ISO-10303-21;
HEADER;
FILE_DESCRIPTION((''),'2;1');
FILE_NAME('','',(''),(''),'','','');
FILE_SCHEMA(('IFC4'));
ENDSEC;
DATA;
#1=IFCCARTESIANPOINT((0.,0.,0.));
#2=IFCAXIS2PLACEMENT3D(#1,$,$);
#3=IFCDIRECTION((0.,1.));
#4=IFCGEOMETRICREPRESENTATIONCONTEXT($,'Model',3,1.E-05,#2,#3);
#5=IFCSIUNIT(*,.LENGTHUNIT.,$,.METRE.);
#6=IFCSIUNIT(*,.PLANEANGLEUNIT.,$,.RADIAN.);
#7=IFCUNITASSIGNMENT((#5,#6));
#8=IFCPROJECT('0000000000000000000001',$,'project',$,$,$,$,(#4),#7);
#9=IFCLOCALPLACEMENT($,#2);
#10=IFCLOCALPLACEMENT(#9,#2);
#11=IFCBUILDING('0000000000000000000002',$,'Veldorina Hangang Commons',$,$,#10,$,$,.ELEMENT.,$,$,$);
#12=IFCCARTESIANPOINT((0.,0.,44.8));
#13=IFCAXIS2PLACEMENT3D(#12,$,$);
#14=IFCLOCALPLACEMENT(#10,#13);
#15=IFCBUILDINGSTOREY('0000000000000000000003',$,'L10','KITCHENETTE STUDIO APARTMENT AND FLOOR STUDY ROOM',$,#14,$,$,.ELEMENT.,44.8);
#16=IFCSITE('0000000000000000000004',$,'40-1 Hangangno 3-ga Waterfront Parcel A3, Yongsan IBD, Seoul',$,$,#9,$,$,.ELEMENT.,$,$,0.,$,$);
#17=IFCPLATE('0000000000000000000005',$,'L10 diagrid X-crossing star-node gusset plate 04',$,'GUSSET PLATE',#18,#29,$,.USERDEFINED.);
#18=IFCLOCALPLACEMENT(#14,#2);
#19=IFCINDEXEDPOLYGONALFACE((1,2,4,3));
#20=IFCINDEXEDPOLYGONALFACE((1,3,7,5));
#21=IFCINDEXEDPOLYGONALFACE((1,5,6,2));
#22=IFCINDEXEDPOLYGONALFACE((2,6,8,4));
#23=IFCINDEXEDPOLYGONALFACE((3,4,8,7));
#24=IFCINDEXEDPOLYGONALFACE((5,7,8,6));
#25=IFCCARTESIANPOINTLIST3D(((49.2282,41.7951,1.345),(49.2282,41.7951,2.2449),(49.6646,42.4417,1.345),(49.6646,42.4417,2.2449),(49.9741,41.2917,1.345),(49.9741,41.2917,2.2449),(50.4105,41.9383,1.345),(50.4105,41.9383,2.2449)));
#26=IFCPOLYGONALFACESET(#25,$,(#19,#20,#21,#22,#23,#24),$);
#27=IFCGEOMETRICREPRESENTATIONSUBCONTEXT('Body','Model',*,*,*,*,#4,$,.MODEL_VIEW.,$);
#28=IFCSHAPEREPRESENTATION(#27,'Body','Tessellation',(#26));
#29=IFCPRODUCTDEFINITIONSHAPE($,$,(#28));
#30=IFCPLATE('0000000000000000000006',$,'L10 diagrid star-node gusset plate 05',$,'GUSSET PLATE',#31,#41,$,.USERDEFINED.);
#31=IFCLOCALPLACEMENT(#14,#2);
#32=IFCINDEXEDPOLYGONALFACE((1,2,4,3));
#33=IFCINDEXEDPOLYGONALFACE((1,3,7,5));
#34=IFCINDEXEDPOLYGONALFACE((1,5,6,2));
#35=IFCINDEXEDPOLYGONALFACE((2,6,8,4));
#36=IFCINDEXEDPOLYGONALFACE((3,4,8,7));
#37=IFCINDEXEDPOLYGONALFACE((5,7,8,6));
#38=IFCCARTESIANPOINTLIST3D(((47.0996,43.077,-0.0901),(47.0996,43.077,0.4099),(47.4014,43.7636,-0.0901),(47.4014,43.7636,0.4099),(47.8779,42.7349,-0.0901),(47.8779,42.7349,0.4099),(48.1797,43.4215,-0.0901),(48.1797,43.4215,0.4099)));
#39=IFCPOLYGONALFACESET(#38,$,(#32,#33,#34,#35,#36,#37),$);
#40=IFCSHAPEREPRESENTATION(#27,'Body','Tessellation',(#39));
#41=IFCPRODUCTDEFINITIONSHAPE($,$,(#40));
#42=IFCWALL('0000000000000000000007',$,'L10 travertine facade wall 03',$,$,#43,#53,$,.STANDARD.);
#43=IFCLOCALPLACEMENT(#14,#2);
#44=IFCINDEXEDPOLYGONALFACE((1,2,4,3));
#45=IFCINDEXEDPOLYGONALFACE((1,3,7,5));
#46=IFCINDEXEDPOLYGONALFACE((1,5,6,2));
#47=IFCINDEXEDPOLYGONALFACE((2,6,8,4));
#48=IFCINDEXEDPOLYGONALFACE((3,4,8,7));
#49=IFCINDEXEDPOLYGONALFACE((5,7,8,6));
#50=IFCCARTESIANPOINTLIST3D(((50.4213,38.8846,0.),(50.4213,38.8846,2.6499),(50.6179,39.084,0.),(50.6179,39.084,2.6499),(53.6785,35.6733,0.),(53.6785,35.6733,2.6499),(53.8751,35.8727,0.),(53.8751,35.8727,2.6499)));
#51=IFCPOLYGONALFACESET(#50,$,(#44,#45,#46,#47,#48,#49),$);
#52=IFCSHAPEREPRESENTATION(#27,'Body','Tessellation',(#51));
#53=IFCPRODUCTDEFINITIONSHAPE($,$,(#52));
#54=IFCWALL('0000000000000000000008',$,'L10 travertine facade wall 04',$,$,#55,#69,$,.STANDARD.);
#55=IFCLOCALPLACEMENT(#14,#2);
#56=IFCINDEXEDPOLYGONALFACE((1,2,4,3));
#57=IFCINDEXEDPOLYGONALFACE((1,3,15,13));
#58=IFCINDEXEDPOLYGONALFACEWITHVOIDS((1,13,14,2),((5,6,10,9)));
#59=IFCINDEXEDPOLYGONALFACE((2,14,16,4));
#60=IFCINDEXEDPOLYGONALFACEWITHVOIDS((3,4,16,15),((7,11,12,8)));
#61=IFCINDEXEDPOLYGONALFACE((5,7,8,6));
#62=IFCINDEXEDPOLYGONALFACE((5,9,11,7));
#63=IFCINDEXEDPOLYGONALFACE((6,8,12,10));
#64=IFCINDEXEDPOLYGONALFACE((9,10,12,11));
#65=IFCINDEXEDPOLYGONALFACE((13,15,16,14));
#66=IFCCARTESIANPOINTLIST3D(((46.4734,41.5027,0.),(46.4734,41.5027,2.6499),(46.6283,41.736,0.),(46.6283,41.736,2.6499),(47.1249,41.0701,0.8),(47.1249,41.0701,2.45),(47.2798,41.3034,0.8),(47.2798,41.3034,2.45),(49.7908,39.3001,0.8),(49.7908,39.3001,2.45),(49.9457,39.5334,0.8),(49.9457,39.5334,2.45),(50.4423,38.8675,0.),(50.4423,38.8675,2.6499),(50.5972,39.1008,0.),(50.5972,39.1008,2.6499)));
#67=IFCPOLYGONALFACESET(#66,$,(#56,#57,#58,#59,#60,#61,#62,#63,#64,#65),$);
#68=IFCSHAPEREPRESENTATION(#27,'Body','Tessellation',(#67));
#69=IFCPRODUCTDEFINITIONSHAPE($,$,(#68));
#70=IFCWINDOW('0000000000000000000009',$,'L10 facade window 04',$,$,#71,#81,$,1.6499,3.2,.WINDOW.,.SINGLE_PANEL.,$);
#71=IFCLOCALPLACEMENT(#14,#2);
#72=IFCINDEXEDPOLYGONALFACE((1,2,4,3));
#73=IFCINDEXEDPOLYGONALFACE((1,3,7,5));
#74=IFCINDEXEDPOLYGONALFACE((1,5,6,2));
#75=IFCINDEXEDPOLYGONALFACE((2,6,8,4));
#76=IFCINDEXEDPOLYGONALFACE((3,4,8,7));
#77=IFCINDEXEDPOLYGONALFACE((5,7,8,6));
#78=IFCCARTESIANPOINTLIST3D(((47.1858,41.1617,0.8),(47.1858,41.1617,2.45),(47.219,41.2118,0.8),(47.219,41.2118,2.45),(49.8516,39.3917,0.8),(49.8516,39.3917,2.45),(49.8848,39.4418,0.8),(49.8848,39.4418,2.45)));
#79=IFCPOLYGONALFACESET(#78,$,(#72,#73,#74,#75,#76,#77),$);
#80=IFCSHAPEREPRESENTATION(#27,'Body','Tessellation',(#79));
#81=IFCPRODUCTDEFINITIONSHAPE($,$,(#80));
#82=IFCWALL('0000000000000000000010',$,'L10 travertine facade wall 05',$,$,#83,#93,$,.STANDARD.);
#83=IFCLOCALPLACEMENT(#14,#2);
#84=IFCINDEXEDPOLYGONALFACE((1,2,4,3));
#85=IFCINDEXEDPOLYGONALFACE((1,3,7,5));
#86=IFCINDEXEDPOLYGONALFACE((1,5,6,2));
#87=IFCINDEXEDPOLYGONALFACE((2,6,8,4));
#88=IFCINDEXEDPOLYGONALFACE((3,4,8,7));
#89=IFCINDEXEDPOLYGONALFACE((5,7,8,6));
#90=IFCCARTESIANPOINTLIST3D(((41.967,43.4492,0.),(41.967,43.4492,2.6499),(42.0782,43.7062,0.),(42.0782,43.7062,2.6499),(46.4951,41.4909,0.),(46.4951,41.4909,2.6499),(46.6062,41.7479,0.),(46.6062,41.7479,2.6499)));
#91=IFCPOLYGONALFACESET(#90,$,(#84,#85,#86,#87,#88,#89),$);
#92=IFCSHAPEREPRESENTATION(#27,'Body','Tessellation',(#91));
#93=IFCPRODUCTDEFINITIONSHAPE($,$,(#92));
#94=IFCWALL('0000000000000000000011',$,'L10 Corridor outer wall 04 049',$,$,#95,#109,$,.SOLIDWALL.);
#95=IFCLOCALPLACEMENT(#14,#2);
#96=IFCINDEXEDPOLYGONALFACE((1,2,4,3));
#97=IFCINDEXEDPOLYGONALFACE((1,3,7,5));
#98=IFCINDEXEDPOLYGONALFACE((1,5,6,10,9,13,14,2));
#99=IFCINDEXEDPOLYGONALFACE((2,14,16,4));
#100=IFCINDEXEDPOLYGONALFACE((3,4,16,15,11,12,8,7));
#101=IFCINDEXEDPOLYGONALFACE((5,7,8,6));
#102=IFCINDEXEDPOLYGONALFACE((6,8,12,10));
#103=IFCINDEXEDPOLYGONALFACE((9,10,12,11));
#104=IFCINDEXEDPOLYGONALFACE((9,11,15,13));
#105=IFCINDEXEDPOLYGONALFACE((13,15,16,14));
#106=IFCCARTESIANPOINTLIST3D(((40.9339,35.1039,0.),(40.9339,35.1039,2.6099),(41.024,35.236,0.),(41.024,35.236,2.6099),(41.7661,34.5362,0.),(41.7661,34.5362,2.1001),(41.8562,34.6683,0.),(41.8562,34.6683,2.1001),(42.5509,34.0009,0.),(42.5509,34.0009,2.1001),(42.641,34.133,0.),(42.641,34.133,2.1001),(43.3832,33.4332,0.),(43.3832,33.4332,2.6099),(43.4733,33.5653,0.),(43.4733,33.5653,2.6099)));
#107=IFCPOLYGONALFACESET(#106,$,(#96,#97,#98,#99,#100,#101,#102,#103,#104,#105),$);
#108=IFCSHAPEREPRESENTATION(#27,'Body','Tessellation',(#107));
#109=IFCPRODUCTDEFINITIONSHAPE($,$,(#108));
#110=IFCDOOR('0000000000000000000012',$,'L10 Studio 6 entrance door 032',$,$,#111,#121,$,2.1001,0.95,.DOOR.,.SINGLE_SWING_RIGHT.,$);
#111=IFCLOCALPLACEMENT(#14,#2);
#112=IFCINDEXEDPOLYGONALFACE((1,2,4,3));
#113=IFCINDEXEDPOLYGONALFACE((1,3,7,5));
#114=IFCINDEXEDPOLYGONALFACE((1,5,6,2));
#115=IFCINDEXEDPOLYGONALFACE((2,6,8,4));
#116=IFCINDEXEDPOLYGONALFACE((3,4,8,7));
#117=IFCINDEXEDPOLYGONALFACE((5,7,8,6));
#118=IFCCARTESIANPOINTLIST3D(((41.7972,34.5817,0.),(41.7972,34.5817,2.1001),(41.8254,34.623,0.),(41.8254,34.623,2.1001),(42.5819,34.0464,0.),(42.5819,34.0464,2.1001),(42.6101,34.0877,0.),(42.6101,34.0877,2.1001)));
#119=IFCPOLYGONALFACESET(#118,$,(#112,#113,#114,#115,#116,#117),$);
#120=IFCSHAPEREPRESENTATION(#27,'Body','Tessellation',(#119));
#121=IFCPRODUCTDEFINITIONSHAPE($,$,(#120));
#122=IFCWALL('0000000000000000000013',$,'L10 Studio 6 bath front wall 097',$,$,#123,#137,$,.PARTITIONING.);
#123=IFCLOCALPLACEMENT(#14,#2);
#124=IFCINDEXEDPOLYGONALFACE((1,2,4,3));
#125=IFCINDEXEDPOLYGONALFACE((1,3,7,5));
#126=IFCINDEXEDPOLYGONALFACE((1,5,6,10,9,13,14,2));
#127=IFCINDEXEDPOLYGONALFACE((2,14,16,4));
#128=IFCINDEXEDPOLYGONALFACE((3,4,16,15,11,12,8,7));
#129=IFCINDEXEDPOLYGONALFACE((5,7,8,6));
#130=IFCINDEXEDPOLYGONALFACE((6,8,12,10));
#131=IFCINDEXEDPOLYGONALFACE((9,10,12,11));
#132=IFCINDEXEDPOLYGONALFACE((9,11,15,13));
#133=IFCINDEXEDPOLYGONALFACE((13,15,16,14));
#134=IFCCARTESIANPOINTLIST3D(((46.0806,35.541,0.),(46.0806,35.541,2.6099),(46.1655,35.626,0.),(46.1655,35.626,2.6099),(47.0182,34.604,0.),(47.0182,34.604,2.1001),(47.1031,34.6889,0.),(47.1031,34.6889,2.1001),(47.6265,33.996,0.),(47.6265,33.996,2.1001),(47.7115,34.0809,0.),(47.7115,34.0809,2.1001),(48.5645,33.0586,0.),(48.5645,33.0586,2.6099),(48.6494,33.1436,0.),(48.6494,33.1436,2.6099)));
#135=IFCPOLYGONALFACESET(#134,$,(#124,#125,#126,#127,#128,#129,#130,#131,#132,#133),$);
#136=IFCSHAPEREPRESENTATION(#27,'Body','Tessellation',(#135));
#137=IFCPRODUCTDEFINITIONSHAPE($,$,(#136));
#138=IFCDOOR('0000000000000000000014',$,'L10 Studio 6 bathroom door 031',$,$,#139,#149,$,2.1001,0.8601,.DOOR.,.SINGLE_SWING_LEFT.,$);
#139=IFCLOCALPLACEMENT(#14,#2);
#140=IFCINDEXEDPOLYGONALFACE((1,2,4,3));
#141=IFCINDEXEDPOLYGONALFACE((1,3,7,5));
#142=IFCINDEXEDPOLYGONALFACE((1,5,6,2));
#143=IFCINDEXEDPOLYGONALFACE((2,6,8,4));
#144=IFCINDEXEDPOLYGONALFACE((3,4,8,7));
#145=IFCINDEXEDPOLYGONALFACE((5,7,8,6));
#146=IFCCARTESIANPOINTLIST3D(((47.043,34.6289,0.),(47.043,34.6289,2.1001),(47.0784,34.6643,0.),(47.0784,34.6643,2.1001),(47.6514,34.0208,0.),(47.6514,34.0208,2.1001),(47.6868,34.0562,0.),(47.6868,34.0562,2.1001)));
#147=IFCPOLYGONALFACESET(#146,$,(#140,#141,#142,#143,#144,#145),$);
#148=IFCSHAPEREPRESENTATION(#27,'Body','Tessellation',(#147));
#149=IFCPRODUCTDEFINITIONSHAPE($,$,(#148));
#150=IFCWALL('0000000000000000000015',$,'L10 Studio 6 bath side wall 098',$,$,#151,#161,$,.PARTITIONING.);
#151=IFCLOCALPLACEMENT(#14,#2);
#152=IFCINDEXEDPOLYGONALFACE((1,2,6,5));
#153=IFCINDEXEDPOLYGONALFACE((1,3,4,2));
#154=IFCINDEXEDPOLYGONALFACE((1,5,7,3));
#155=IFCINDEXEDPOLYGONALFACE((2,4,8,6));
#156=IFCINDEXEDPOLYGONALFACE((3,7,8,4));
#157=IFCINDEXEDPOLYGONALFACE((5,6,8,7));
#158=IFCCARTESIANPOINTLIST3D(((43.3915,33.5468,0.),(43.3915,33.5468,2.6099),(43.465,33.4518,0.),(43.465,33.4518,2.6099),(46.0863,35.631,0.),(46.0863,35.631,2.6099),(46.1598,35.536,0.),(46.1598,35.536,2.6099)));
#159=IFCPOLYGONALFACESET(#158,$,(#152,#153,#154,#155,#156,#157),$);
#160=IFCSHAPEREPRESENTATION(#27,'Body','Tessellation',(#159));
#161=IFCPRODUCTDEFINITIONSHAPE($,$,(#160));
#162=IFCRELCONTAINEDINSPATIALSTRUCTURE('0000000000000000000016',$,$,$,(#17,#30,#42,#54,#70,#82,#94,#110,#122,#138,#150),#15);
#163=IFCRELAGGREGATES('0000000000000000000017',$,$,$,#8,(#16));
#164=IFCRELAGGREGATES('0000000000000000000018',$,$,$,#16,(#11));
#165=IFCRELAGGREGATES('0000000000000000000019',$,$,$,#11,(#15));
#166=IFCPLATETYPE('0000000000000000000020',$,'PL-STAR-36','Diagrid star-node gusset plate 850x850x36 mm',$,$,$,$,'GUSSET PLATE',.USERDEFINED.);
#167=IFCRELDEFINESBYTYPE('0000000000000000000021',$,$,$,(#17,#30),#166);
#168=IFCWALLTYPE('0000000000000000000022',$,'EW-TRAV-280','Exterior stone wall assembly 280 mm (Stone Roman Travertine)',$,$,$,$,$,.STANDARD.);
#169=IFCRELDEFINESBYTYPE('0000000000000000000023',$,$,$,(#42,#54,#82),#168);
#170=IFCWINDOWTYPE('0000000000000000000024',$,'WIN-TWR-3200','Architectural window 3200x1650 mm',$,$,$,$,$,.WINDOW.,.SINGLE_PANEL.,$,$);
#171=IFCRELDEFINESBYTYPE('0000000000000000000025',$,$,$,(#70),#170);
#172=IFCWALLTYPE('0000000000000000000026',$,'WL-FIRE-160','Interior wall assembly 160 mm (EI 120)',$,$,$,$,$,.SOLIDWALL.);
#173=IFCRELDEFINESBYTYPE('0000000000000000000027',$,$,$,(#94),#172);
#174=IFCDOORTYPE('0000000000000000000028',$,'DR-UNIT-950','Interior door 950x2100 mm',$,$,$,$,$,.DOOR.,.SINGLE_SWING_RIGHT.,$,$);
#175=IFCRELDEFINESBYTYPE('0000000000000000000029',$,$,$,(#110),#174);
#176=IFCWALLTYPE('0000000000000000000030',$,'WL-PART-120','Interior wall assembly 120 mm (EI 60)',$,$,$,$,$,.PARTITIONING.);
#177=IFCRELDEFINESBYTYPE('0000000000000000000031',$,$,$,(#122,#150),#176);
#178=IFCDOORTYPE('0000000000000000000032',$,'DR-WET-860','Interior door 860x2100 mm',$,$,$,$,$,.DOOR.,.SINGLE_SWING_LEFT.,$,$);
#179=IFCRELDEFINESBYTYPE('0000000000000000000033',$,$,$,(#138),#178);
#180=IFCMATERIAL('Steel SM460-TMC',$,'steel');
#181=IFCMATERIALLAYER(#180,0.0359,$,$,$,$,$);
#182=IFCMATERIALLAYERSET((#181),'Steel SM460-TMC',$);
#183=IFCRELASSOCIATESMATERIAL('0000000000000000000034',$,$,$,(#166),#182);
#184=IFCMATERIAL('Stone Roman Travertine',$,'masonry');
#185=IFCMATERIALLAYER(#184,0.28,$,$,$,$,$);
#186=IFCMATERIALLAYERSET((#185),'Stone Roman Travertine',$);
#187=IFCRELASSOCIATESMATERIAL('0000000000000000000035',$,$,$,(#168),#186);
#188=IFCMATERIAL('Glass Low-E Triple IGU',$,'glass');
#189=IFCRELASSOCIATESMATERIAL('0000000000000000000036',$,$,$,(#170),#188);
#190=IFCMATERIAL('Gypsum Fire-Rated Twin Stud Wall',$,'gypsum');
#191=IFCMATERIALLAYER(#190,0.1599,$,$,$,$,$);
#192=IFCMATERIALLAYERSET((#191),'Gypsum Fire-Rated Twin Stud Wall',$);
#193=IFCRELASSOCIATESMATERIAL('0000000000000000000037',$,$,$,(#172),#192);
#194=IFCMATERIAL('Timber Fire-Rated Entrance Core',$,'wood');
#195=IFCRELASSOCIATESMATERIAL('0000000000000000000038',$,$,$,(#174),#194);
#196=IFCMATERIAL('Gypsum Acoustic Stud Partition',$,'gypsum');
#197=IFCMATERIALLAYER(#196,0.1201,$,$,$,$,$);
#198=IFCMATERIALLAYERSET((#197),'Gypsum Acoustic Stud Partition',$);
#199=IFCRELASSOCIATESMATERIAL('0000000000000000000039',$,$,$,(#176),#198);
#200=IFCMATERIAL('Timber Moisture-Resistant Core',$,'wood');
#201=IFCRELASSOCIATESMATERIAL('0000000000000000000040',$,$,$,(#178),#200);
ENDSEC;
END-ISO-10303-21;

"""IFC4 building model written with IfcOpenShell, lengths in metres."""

from ifc_helpers import new_model, si_unit, direction, frame, frame_2d, origin, origin_2d, place, context, subcontext, project, spatial, rectangle, extrude, material, layer, layer_set, type_object, element, fill, save


model = new_model("IFC4")

# Units and contexts
model_context = context("Model", 3, precision=1e-05, world=origin(), true_north=direction((0.0, 1.0)))
body_context = subcontext(model_context, "Body", "Model", "MODEL_VIEW")
ifc_project = project(units=[si_unit("LENGTHUNIT", "METRE"), si_unit("PLANEANGLEUNIT", "RADIAN")], contexts=[model_context])

# Site, building, storey
site_placement = place(None, origin())
site = spatial("IfcSite", under=ifc_project, at=site_placement, Name="40-1 Hangangno 3-ga Waterfront Parcel A3, Yongsan IBD, Seoul", CompositionType="ELEMENT", RefElevation=0.0)
building_placement = place(site_placement, origin())
building = spatial("IfcBuilding", under=site, at=building_placement, Name="Veldorina Hangang Commons", CompositionType="ELEMENT")
storey_placement = place(building_placement, frame((0.0, 0.0, 44.8)))
storey = spatial("IfcBuildingStorey", under=building, at=storey_placement, Name="L10", Description="KITCHENETTE STUDIO APARTMENT AND FLOOR STUDY ROOM", CompositionType="ELEMENT", Elevation=44.8)

# Shared definitions
ifc_material_1 = material(Name="Steel SM460-TMC", Category="steel")

# Plates
ifc_layer_1 = layer(ifc_material_1, 0.0359)
ifc_layer_set_1 = layer_set([ifc_layer_1], Name="Steel SM460-TMC")
plate_type = type_object("IfcPlateType", Name="PL-STAR-36", Description="Diagrid star-node gusset plate 850x850x36 mm", ElementType="GUSSET PLATE", PredefinedType="USERDEFINED", material=ifc_layer_set_1)
plate_1_placement = place(storey_placement, frame((49.8193, 41.8667, 1.345), z_axis=(0.0, 0.0, 1.0), x_axis=(-0.828881, 0.559424, 0.0)))
element("IfcPlate", 1, at=plate_1_placement, inside=storey, type_object=plate_type, Name="L10 diagrid X-crossing star-node gusset plate 04", ObjectType="GUSSET PLATE", PredefinedType="USERDEFINED", context=body_context, shape_type="SweptSolid", body=[
    extrude(rectangle(XDim=0.8999, YDim=0.78, at=origin_2d()), origin(), (0.0, 0.0, 1.0), 0.8999),
])
plate_2_placement = place(storey_placement, frame((47.6396, 43.2493, -0.0901), z_axis=(0.0, 0.0, 1.0), x_axis=(-0.915459, 0.402411, 0.0)))
element("IfcPlate", 2, at=plate_2_placement, inside=storey, type_object=plate_type, Name="L10 diagrid star-node gusset plate 05", ObjectType="GUSSET PLATE", PredefinedType="USERDEFINED", context=body_context, shape_type="SweptSolid", body=[
    extrude(rectangle(XDim=0.8501, YDim=0.75, at=origin_2d()), origin(), (0.0, 0.0, 1.0), 0.5),
])

# Wall
ifc_material_2 = material(Name="Stone Roman Travertine", Category="masonry")
ifc_layer_2 = layer(ifc_material_2, 0.28)
ifc_layer_set_2 = layer_set([ifc_layer_2], Name="Stone Roman Travertine")
wall_type_1 = type_object("IfcWallType", Name="EW-TRAV-280", Description="Exterior stone wall assembly 280 mm (Stone Roman Travertine)", PredefinedType="STANDARD", material=ifc_layer_set_2)
wall_1_placement = place(storey_placement, frame((53.7769, 35.7729, 0.0), z_axis=(0.0, 0.0, 1.0), x_axis=(-0.712106, 0.702072, 0.0)))
element("IfcWall", 3, at=wall_1_placement, inside=storey, type_object=wall_type_1, Name="L10 travertine facade wall 03", PredefinedType="STANDARD", context=body_context, shape_type="SweptSolid", body=[
    extrude(rectangle(XDim=4.574, YDim=0.28, at=frame_2d((2.2871, 0.0))), origin(), (0.0, 0.0, 1.0), 2.6499),
])

# Wall, opening, window
wall_2_placement = place(storey_placement, frame((50.5198, 38.9841, 0.0), z_axis=(0.0, 0.0, 1.0), x_axis=(-0.833089, 0.553138, 0.0)))
wall_2 = element("IfcWall", 4, at=wall_2_placement, inside=storey, type_object=wall_type_1, Name="L10 travertine facade wall 04", PredefinedType="STANDARD", context=body_context, shape_type="SweptSolid", body=[
    extrude(rectangle(XDim=4.7642, YDim=0.28, at=frame_2d((2.3821, 0.0))), origin(), (0.0, 0.0, 1.0), 2.6499),
])
opening_1_placement = place(wall_2_placement, frame((0.782, 0.0, 0.8)))
opening_1 = element("IfcOpeningElement", 5, at=opening_1_placement, cuts=wall_2, PredefinedType="OPENING", context=body_context, shape_type="SweptSolid", body=[
    extrude(rectangle(XDim=3.2, YDim=1.6499, at=frame_2d((1.6001, 0.825))), frame((0.0, 0.1499, 0.0), z_axis=(0.0, -1.0, 0.0), x_axis=(1.0, 0.0, 0.0)), (0.0, 0.0, 1.0), 0.3),
])
ifc_material_3 = material(Name="Glass Low-E Triple IGU", Category="glass")
window_type = type_object("IfcWindowType", Name="WIN-TWR-3200", Description="Architectural window 3200x1650 mm", PartitioningType="SINGLE_PANEL", PredefinedType="WINDOW", material=ifc_material_3)
window_placement = place(opening_1_placement, origin())
window = element("IfcWindow", 6, at=window_placement, inside=storey, type_object=window_type, Name="L10 facade window 04", OverallHeight=1.6499, OverallWidth=3.2, PartitioningType="SINGLE_PANEL", PredefinedType="WINDOW", context=body_context, shape_type="SweptSolid", body=[
    extrude(rectangle(XDim=3.2, YDim=1.6499, at=frame_2d((1.6001, 0.825))), frame((0.0, 0.03, 0.0), z_axis=(0.0, -1.0, 0.0), x_axis=(1.0, 0.0, 0.0)), (0.0, 0.0, 1.0), 0.0601),
])
fill(opening_1, window)

# Wall
wall_3_placement = place(storey_placement, frame((46.5508, 41.6194, 0.0), z_axis=(0.0, 0.0, 1.0), x_axis=(-0.917845, 0.396939, 0.0)))
element("IfcWall", 7, at=wall_3_placement, inside=storey, type_object=wall_type_1, Name="L10 travertine facade wall 05", PredefinedType="STANDARD", context=body_context, shape_type="SweptSolid", body=[
    extrude(rectangle(XDim=4.9333, YDim=0.28, at=frame_2d((2.4668, 0.0))), origin(), (0.0, 0.0, 1.0), 2.6499),
])

# Walls, openings, doors
ifc_material_4 = material(Name="Gypsum Fire-Rated Twin Stud Wall", Category="gypsum")
ifc_layer_3 = layer(ifc_material_4, 0.1599)
ifc_layer_set_3 = layer_set([ifc_layer_3], Name="Gypsum Fire-Rated Twin Stud Wall")
wall_type_2 = type_object("IfcWallType", Name="WL-FIRE-160", Description="Interior wall assembly 160 mm (EI 120)", PredefinedType="SOLIDWALL", material=ifc_layer_set_3)
wall_4_placement = place(storey_placement, frame((43.4282, 33.4993, 0.0), z_axis=(0.0, 0.0, 1.0), x_axis=(-0.826112, 0.563505, 0.0)))
wall_4 = element("IfcWall", 8, at=wall_4_placement, inside=storey, type_object=wall_type_2, Name="L10 Corridor outer wall 04 049", PredefinedType="SOLIDWALL", context=body_context, shape_type="SweptSolid", body=[
    extrude(rectangle(XDim=2.9648, YDim=0.1599, at=frame_2d((1.4824, 0.0))), origin(), (0.0, 0.0, 1.0), 2.6099),
])
opening_2_placement = place(wall_4_placement, frame((1.0073, 0.0, 0.0)))
opening_2 = element("IfcOpeningElement", 9, at=opening_2_placement, cuts=wall_4, PredefinedType="OPENING", context=body_context, shape_type="SweptSolid", body=[
    extrude(rectangle(XDim=0.95, YDim=2.1001, at=frame_2d((0.4751, 1.05))), frame((0.0, 0.0898, 0.0), z_axis=(0.0, -1.0, 0.0), x_axis=(1.0, 0.0, 0.0)), (0.0, 0.0, 1.0), 0.1799),
])
ifc_material_5 = material(Name="Timber Fire-Rated Entrance Core", Category="wood")
door_type_1 = type_object("IfcDoorType", Name="DR-UNIT-950", Description="Interior door 950x2100 mm", OperationType="SINGLE_SWING_RIGHT", PredefinedType="DOOR", material=ifc_material_5)
door_1_placement = place(opening_2_placement, origin())
door_1 = element("IfcDoor", 10, at=door_1_placement, inside=storey, type_object=door_type_1, Name="L10 Studio 6 entrance door 032", OperationType="SINGLE_SWING_RIGHT", OverallHeight=2.1001, OverallWidth=0.95, PredefinedType="DOOR", context=body_context, shape_type="SweptSolid", body=[
    extrude(rectangle(XDim=0.95, YDim=2.1001, at=frame_2d((0.4751, 1.05))), frame((0.0, 0.0249, 0.0), z_axis=(0.0, -1.0, 0.0), x_axis=(1.0, 0.0, 0.0)), (0.0, 0.0, 1.0), 0.05),
])
fill(opening_2, door_1)
ifc_material_6 = material(Name="Gypsum Acoustic Stud Partition", Category="gypsum")
ifc_layer_4 = layer(ifc_material_6, 0.1201)
ifc_layer_set_4 = layer_set([ifc_layer_4], Name="Gypsum Acoustic Stud Partition")
wall_type_3 = type_object("IfcWallType", Name="WL-PART-120", Description="Interior wall assembly 120 mm (EI 60)", PredefinedType="PARTITIONING", material=ifc_layer_set_4)
wall_5_placement = place(storey_placement, frame((48.6069, 33.1011, 0.0), z_axis=(0.0, 0.0, 1.0), x_axis=(-0.707315, 0.706898, 0.0)))
wall_5 = element("IfcWall", 11, at=wall_5_placement, inside=storey, type_object=wall_type_3, Name="L10 Studio 6 bath front wall 097", PredefinedType="PARTITIONING", context=body_context, shape_type="SweptSolid", body=[
    extrude(rectangle(XDim=3.5117, YDim=0.1201, at=frame_2d((1.7559, 0.0))), origin(), (0.0, 0.0, 1.0), 2.6099),
])
opening_3_placement = place(wall_5_placement, frame((1.3259, 0.0, 0.0)))
opening_3 = element("IfcOpeningElement", 12, at=opening_3_placement, cuts=wall_5, PredefinedType="OPENING", context=body_context, shape_type="SweptSolid", body=[
    extrude(rectangle(XDim=0.8601, YDim=2.1001, at=frame_2d((0.4302, 1.05))), frame((0.0, 0.0701, 0.0), z_axis=(0.0, -1.0, 0.0), x_axis=(1.0, 0.0, 0.0)), (0.0, 0.0, 1.0), 0.1401),
])
ifc_material_7 = material(Name="Timber Moisture-Resistant Core", Category="wood")
door_type_2 = type_object("IfcDoorType", Name="DR-WET-860", Description="Interior door 860x2100 mm", OperationType="SINGLE_SWING_LEFT", PredefinedType="DOOR", material=ifc_material_7)
door_2_placement = place(opening_3_placement, origin())
door_2 = element("IfcDoor", 13, at=door_2_placement, inside=storey, type_object=door_type_2, Name="L10 Studio 6 bathroom door 031", OperationType="SINGLE_SWING_LEFT", OverallHeight=2.1001, OverallWidth=0.8601, PredefinedType="DOOR", context=body_context, shape_type="SweptSolid", body=[
    extrude(rectangle(XDim=0.8601, YDim=2.1001, at=frame_2d((0.4302, 1.05))), frame((0.0, 0.0249, 0.0), z_axis=(0.0, -1.0, 0.0), x_axis=(1.0, 0.0, 0.0)), (0.0, 0.0, 1.0), 0.05),
])
fill(opening_3, door_2)

# Wall
wall_6_placement = place(storey_placement, frame((43.4282, 33.4993, 0.0), z_axis=(0.0, 0.0, 1.0), x_axis=(0.79102, 0.61179, 0.0)))
element("IfcWall", 14, at=wall_6_placement, inside=storey, type_object=wall_type_3, Name="L10 Studio 6 bath side wall 098", PredefinedType="PARTITIONING", context=body_context, shape_type="SweptSolid", body=[
    extrude(rectangle(XDim=3.4067, YDim=0.1201, at=frame_2d((1.7034, 0.0))), origin(), (0.0, 0.0, 1.0), 2.6099),
])

save(model, "model.ifc")
